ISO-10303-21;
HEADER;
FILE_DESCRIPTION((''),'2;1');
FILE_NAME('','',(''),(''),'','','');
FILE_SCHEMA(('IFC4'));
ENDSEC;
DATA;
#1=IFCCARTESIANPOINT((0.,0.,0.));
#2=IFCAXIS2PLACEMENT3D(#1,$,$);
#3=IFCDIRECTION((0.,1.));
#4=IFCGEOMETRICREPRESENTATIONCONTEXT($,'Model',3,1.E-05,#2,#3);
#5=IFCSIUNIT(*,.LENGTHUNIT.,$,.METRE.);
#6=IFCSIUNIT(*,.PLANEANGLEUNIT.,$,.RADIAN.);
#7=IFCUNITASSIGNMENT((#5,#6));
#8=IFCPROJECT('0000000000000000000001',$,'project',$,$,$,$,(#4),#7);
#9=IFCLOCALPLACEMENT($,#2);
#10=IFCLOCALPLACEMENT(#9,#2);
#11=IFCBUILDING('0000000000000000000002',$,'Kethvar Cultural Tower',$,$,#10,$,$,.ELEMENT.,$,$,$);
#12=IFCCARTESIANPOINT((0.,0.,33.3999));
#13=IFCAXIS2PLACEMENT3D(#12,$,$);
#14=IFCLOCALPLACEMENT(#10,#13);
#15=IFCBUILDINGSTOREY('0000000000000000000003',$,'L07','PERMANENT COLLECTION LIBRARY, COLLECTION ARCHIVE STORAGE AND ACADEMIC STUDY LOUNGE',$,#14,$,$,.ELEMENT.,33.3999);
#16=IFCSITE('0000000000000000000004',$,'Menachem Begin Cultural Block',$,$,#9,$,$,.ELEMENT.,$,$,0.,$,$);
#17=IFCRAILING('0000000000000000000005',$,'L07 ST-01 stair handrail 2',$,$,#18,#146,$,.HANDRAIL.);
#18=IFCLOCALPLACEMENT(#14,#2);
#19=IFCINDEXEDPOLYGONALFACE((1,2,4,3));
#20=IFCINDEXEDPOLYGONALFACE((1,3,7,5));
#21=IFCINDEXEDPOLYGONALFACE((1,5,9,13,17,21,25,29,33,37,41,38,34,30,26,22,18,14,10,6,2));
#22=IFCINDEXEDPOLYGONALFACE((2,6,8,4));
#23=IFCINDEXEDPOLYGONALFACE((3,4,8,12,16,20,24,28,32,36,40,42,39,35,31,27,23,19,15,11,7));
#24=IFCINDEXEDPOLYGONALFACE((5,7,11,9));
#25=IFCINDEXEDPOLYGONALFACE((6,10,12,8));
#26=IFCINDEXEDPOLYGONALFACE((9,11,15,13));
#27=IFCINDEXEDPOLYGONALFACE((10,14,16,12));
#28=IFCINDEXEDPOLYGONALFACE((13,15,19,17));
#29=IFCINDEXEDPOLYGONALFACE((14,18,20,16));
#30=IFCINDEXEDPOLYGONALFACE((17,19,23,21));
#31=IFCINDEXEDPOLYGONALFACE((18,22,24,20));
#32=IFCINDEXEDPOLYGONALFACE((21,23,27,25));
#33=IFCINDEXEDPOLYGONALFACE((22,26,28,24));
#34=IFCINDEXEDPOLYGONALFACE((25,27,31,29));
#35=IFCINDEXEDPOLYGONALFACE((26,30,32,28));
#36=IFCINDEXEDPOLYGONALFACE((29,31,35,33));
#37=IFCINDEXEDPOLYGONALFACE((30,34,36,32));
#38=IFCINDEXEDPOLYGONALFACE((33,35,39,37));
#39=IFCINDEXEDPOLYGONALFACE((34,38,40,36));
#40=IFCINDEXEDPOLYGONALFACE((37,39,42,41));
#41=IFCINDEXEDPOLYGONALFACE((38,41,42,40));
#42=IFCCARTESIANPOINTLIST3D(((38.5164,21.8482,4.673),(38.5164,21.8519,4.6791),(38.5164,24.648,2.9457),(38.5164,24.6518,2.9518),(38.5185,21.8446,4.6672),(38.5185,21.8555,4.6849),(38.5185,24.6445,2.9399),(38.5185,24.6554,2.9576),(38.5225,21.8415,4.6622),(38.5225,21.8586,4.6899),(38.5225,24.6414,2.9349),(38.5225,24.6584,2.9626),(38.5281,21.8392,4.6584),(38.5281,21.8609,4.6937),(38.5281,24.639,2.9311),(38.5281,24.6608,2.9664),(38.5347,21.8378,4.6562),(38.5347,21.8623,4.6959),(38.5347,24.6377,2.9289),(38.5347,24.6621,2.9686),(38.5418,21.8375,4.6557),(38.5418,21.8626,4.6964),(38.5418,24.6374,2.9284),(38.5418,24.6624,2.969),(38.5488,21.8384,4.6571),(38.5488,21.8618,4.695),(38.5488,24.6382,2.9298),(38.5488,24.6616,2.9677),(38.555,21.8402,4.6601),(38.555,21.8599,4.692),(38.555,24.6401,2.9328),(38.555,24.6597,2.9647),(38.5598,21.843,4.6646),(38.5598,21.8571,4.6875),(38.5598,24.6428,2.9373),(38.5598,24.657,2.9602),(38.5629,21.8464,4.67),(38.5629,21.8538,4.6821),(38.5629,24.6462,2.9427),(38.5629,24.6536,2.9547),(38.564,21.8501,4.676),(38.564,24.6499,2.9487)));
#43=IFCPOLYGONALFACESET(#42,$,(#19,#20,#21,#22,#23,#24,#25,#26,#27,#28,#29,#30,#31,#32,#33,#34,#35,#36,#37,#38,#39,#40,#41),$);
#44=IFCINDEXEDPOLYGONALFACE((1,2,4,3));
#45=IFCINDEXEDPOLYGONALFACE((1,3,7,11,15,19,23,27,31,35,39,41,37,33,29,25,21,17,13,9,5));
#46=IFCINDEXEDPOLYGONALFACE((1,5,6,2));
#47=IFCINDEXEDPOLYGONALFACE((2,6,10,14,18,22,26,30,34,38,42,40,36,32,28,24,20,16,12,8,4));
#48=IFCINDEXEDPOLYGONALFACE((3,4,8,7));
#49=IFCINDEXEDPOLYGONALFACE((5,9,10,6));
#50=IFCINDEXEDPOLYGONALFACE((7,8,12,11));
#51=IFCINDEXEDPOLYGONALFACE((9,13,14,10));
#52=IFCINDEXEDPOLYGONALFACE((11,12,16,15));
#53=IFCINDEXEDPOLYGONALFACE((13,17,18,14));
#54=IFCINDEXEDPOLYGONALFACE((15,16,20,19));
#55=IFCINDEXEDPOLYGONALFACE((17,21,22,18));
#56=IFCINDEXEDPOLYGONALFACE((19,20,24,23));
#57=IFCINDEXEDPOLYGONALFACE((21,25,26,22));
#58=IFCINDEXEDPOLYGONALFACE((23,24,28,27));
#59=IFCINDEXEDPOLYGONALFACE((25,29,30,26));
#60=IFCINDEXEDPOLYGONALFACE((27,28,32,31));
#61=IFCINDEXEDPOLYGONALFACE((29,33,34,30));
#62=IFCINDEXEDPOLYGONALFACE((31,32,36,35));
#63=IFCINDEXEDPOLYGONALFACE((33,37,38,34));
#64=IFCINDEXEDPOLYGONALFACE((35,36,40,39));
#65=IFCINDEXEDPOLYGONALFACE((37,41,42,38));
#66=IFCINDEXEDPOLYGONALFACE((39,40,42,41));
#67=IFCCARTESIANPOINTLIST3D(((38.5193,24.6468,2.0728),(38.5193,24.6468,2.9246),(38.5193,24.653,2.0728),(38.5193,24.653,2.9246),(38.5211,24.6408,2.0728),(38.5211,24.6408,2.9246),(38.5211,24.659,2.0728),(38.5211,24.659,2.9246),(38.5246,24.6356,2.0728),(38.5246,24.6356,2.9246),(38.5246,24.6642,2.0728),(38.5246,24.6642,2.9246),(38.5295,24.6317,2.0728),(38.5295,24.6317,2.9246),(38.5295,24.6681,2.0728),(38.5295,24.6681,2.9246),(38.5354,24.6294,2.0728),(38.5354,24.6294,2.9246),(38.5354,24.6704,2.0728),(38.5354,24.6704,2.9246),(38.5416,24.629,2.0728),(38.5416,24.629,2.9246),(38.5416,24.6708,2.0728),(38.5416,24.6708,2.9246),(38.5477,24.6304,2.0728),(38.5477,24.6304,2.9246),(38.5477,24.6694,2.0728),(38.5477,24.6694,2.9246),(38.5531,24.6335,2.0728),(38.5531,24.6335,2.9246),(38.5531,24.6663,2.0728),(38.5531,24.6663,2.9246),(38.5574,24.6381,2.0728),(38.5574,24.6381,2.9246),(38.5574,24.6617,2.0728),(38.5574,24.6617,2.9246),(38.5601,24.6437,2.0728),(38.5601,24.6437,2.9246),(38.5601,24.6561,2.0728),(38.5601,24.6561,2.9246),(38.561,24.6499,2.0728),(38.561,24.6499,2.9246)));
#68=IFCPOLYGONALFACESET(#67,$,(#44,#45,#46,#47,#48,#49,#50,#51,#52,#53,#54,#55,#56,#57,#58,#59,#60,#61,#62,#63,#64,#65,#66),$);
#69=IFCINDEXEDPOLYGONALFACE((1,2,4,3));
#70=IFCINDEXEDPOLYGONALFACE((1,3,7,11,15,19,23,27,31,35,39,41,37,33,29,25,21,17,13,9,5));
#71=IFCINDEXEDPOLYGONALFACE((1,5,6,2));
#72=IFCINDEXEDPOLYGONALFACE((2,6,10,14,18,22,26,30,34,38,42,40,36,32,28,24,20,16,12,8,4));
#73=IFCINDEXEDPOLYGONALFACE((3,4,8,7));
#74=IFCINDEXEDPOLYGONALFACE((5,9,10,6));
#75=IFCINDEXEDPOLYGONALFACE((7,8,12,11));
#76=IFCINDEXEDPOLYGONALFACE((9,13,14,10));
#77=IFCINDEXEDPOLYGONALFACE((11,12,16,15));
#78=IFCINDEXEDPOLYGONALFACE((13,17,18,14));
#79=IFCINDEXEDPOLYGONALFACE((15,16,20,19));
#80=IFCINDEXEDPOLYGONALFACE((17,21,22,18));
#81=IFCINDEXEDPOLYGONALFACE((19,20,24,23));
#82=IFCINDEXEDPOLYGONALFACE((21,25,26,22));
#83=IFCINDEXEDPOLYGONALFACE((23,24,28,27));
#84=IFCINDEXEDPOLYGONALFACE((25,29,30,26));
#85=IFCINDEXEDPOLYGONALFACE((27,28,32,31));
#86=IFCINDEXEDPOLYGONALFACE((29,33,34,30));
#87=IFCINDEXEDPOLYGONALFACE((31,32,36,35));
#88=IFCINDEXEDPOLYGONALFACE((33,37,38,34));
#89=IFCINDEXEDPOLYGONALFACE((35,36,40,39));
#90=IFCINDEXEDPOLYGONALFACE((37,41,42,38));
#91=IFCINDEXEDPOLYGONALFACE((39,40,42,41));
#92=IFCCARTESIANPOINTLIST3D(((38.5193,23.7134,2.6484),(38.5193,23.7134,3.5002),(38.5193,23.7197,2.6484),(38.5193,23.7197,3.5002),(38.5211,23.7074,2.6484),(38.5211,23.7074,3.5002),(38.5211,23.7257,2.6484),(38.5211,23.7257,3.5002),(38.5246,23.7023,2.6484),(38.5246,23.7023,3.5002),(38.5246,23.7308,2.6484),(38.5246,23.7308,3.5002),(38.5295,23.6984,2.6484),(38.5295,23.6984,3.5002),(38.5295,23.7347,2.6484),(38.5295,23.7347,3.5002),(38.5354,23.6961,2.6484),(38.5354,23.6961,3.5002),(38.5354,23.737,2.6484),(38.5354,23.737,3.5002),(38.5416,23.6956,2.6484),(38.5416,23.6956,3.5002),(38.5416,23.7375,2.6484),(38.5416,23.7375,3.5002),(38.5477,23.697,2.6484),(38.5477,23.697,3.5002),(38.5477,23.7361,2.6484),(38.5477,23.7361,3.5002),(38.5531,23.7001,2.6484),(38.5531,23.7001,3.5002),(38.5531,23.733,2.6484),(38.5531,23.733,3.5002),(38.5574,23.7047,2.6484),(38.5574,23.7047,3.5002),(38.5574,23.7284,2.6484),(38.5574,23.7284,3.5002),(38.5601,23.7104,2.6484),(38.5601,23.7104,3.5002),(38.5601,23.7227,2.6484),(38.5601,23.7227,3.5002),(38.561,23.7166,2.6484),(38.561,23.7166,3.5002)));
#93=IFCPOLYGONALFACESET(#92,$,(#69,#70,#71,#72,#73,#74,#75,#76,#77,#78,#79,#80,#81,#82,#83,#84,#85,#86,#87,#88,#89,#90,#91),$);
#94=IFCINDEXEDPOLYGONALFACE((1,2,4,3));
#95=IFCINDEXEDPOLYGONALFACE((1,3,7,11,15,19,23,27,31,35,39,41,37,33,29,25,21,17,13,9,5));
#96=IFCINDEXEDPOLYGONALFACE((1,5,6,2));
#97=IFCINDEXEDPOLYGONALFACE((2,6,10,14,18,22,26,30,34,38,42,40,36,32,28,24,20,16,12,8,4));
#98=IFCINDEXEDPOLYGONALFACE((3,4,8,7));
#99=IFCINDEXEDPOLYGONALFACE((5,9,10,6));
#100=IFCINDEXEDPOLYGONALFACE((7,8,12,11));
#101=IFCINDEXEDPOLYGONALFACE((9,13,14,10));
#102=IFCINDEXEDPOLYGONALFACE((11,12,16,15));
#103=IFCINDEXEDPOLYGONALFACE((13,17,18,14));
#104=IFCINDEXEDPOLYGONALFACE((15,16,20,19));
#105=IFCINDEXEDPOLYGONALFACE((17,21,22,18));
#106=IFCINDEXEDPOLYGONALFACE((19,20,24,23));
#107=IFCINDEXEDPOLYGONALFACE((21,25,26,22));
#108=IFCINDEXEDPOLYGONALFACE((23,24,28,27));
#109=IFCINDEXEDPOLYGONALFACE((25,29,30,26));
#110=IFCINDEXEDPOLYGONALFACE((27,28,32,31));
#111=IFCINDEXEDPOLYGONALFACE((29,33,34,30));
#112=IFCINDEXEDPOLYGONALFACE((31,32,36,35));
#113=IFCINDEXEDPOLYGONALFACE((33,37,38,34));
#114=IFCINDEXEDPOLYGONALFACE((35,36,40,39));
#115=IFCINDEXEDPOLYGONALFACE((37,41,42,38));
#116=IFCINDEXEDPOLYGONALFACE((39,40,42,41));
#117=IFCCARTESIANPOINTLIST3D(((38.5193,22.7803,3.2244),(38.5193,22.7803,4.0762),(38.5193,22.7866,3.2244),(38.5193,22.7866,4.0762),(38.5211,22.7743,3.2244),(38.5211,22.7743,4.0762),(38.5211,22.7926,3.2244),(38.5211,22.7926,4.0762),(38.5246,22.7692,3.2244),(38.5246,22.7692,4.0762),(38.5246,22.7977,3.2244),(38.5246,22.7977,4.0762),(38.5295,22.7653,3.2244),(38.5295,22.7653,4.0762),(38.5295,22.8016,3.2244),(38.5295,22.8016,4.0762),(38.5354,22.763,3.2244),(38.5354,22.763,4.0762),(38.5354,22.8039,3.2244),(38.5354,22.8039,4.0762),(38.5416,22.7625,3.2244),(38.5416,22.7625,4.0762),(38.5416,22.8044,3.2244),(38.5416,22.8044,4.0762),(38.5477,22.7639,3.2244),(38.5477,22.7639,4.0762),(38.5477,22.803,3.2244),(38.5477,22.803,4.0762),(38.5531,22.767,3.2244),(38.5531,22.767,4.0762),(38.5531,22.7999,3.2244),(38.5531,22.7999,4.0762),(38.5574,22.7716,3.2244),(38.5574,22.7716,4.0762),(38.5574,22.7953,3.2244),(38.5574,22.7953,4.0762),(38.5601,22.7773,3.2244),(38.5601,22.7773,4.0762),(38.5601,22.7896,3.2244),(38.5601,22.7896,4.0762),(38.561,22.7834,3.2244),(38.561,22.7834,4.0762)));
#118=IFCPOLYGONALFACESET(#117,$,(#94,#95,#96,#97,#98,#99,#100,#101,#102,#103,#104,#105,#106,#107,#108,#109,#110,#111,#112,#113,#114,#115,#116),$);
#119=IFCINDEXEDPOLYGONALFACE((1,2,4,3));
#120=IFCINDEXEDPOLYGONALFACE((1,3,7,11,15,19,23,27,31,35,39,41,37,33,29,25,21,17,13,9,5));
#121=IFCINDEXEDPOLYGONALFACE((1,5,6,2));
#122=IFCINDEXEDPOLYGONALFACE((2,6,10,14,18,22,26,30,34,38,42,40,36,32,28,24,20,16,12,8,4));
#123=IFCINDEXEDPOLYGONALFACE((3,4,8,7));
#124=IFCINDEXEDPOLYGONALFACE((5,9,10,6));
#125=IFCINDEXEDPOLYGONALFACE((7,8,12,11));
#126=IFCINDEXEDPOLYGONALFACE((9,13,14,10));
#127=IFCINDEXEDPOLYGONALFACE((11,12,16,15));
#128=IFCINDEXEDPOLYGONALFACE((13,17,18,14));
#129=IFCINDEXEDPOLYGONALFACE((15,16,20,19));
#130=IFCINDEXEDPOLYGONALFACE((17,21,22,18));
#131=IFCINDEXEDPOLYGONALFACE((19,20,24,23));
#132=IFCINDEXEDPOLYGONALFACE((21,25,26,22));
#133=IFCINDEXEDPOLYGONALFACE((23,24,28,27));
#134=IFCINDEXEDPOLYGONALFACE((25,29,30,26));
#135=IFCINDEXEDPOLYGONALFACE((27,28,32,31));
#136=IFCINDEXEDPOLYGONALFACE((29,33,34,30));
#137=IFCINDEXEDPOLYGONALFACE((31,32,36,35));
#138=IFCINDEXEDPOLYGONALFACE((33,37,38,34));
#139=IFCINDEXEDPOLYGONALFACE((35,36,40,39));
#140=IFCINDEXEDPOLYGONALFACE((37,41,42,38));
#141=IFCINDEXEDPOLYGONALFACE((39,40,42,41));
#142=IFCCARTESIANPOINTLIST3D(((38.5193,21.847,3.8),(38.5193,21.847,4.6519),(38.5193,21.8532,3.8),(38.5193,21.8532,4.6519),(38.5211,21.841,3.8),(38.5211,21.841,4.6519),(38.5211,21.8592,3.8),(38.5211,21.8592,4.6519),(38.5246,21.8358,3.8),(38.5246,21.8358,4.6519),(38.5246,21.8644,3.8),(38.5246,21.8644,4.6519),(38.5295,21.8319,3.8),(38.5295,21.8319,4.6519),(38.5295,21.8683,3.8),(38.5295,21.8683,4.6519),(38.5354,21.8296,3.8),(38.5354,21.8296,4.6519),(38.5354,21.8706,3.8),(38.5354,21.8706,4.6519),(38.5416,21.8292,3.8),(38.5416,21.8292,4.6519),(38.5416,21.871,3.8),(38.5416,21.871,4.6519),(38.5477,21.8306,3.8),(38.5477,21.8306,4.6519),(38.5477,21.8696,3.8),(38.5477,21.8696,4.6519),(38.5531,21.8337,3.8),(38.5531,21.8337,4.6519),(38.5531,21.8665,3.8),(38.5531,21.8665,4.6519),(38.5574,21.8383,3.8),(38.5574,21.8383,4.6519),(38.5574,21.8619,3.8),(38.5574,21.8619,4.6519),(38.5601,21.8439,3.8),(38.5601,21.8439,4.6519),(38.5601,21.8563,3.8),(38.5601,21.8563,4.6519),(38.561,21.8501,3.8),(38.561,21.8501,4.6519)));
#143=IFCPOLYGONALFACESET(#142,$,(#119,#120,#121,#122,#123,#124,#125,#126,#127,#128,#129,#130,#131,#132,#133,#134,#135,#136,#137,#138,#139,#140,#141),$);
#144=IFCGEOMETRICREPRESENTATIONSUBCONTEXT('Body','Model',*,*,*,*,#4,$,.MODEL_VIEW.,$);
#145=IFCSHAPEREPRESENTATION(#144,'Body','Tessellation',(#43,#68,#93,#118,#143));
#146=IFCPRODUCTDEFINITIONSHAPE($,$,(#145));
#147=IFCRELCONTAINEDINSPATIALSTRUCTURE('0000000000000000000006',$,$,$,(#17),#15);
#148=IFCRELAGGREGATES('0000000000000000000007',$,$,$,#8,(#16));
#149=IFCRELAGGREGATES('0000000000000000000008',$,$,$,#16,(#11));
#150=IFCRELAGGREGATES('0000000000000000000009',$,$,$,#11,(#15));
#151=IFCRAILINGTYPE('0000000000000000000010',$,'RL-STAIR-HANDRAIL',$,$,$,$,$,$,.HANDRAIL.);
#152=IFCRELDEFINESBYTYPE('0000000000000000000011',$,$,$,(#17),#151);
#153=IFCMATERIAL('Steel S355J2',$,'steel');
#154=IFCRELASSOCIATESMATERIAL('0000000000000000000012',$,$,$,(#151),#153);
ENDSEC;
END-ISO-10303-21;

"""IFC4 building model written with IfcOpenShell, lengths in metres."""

from ifc_helpers import new_model, si_unit, direction, frame, origin, origin_2d, place, context, subcontext, project, spatial, circle, extrude, material, type_object, element, save


model = new_model("IFC4")

# Units and contexts
model_context = context("Model", 3, precision=1e-05, world=origin(), true_north=direction((0.0, 1.0)))
body_context = subcontext(model_context, "Body", "Model", "MODEL_VIEW")
ifc_project = project(units=[si_unit("LENGTHUNIT", "METRE"), si_unit("PLANEANGLEUNIT", "RADIAN")], contexts=[model_context])

# Site, building, storey
site_placement = place(None, origin())
site = spatial("IfcSite", under=ifc_project, at=site_placement, Name="Menachem Begin Cultural Block", CompositionType="ELEMENT", RefElevation=0.0)
building_placement = place(site_placement, origin())
building = spatial("IfcBuilding", under=site, at=building_placement, Name="Kethvar Cultural Tower", CompositionType="ELEMENT")
storey_placement = place(building_placement, frame((0.0, 0.0, 33.3999)))
storey = spatial("IfcBuildingStorey", under=building, at=storey_placement, Name="L07", Description="PERMANENT COLLECTION LIBRARY, COLLECTION ARCHIVE STORAGE AND ACADEMIC STUDY LOUNGE", CompositionType="ELEMENT", Elevation=33.3999)

# Shared definitions
ifc_material_1 = material(Name="Steel S355J2", Category="steel")

# Railing
railing_type_1 = type_object("IfcRailingType", Name="RL-STAIR-HANDRAIL", PredefinedType="HANDRAIL", material=ifc_material_1)
railing_1_placement = place(storey_placement, frame((38.54, 24.6499, 2.0728)))
element("IfcRailing", 1, at=railing_1_placement, inside=storey, type_object=railing_type_1, Name="L07 ST-01 stair handrail 2", PredefinedType="HANDRAIL", context=body_context, shape_type="SweptSolid", body=[
    extrude(circle(Radius=0.0239, at=origin_2d()), frame((0.0, 0.0, 0.876), z_axis=(0.0, -0.851069, 0.525054), x_axis=(1.0, 0.0, 0.0)), (0.0, 0.0, 1.0), 3.2898),
    extrude(circle(Radius=0.021, at=origin_2d()), origin(), (0.0, 0.0, 1.0), 0.8518),
    extrude(circle(Radius=0.021, at=origin_2d()), frame((0.0, -0.9333, 0.5757)), (0.0, 0.0, 1.0), 0.8518),
    extrude(circle(Radius=0.021, at=origin_2d()), frame((0.0, -1.8665, 1.1516)), (0.0, 0.0, 1.0), 0.8518),
    extrude(circle(Radius=0.021, at=origin_2d()), frame((0.0, -2.7998, 1.7273)), (0.0, 0.0, 1.0), 0.8518),
])

save(model, "model.ifc")
